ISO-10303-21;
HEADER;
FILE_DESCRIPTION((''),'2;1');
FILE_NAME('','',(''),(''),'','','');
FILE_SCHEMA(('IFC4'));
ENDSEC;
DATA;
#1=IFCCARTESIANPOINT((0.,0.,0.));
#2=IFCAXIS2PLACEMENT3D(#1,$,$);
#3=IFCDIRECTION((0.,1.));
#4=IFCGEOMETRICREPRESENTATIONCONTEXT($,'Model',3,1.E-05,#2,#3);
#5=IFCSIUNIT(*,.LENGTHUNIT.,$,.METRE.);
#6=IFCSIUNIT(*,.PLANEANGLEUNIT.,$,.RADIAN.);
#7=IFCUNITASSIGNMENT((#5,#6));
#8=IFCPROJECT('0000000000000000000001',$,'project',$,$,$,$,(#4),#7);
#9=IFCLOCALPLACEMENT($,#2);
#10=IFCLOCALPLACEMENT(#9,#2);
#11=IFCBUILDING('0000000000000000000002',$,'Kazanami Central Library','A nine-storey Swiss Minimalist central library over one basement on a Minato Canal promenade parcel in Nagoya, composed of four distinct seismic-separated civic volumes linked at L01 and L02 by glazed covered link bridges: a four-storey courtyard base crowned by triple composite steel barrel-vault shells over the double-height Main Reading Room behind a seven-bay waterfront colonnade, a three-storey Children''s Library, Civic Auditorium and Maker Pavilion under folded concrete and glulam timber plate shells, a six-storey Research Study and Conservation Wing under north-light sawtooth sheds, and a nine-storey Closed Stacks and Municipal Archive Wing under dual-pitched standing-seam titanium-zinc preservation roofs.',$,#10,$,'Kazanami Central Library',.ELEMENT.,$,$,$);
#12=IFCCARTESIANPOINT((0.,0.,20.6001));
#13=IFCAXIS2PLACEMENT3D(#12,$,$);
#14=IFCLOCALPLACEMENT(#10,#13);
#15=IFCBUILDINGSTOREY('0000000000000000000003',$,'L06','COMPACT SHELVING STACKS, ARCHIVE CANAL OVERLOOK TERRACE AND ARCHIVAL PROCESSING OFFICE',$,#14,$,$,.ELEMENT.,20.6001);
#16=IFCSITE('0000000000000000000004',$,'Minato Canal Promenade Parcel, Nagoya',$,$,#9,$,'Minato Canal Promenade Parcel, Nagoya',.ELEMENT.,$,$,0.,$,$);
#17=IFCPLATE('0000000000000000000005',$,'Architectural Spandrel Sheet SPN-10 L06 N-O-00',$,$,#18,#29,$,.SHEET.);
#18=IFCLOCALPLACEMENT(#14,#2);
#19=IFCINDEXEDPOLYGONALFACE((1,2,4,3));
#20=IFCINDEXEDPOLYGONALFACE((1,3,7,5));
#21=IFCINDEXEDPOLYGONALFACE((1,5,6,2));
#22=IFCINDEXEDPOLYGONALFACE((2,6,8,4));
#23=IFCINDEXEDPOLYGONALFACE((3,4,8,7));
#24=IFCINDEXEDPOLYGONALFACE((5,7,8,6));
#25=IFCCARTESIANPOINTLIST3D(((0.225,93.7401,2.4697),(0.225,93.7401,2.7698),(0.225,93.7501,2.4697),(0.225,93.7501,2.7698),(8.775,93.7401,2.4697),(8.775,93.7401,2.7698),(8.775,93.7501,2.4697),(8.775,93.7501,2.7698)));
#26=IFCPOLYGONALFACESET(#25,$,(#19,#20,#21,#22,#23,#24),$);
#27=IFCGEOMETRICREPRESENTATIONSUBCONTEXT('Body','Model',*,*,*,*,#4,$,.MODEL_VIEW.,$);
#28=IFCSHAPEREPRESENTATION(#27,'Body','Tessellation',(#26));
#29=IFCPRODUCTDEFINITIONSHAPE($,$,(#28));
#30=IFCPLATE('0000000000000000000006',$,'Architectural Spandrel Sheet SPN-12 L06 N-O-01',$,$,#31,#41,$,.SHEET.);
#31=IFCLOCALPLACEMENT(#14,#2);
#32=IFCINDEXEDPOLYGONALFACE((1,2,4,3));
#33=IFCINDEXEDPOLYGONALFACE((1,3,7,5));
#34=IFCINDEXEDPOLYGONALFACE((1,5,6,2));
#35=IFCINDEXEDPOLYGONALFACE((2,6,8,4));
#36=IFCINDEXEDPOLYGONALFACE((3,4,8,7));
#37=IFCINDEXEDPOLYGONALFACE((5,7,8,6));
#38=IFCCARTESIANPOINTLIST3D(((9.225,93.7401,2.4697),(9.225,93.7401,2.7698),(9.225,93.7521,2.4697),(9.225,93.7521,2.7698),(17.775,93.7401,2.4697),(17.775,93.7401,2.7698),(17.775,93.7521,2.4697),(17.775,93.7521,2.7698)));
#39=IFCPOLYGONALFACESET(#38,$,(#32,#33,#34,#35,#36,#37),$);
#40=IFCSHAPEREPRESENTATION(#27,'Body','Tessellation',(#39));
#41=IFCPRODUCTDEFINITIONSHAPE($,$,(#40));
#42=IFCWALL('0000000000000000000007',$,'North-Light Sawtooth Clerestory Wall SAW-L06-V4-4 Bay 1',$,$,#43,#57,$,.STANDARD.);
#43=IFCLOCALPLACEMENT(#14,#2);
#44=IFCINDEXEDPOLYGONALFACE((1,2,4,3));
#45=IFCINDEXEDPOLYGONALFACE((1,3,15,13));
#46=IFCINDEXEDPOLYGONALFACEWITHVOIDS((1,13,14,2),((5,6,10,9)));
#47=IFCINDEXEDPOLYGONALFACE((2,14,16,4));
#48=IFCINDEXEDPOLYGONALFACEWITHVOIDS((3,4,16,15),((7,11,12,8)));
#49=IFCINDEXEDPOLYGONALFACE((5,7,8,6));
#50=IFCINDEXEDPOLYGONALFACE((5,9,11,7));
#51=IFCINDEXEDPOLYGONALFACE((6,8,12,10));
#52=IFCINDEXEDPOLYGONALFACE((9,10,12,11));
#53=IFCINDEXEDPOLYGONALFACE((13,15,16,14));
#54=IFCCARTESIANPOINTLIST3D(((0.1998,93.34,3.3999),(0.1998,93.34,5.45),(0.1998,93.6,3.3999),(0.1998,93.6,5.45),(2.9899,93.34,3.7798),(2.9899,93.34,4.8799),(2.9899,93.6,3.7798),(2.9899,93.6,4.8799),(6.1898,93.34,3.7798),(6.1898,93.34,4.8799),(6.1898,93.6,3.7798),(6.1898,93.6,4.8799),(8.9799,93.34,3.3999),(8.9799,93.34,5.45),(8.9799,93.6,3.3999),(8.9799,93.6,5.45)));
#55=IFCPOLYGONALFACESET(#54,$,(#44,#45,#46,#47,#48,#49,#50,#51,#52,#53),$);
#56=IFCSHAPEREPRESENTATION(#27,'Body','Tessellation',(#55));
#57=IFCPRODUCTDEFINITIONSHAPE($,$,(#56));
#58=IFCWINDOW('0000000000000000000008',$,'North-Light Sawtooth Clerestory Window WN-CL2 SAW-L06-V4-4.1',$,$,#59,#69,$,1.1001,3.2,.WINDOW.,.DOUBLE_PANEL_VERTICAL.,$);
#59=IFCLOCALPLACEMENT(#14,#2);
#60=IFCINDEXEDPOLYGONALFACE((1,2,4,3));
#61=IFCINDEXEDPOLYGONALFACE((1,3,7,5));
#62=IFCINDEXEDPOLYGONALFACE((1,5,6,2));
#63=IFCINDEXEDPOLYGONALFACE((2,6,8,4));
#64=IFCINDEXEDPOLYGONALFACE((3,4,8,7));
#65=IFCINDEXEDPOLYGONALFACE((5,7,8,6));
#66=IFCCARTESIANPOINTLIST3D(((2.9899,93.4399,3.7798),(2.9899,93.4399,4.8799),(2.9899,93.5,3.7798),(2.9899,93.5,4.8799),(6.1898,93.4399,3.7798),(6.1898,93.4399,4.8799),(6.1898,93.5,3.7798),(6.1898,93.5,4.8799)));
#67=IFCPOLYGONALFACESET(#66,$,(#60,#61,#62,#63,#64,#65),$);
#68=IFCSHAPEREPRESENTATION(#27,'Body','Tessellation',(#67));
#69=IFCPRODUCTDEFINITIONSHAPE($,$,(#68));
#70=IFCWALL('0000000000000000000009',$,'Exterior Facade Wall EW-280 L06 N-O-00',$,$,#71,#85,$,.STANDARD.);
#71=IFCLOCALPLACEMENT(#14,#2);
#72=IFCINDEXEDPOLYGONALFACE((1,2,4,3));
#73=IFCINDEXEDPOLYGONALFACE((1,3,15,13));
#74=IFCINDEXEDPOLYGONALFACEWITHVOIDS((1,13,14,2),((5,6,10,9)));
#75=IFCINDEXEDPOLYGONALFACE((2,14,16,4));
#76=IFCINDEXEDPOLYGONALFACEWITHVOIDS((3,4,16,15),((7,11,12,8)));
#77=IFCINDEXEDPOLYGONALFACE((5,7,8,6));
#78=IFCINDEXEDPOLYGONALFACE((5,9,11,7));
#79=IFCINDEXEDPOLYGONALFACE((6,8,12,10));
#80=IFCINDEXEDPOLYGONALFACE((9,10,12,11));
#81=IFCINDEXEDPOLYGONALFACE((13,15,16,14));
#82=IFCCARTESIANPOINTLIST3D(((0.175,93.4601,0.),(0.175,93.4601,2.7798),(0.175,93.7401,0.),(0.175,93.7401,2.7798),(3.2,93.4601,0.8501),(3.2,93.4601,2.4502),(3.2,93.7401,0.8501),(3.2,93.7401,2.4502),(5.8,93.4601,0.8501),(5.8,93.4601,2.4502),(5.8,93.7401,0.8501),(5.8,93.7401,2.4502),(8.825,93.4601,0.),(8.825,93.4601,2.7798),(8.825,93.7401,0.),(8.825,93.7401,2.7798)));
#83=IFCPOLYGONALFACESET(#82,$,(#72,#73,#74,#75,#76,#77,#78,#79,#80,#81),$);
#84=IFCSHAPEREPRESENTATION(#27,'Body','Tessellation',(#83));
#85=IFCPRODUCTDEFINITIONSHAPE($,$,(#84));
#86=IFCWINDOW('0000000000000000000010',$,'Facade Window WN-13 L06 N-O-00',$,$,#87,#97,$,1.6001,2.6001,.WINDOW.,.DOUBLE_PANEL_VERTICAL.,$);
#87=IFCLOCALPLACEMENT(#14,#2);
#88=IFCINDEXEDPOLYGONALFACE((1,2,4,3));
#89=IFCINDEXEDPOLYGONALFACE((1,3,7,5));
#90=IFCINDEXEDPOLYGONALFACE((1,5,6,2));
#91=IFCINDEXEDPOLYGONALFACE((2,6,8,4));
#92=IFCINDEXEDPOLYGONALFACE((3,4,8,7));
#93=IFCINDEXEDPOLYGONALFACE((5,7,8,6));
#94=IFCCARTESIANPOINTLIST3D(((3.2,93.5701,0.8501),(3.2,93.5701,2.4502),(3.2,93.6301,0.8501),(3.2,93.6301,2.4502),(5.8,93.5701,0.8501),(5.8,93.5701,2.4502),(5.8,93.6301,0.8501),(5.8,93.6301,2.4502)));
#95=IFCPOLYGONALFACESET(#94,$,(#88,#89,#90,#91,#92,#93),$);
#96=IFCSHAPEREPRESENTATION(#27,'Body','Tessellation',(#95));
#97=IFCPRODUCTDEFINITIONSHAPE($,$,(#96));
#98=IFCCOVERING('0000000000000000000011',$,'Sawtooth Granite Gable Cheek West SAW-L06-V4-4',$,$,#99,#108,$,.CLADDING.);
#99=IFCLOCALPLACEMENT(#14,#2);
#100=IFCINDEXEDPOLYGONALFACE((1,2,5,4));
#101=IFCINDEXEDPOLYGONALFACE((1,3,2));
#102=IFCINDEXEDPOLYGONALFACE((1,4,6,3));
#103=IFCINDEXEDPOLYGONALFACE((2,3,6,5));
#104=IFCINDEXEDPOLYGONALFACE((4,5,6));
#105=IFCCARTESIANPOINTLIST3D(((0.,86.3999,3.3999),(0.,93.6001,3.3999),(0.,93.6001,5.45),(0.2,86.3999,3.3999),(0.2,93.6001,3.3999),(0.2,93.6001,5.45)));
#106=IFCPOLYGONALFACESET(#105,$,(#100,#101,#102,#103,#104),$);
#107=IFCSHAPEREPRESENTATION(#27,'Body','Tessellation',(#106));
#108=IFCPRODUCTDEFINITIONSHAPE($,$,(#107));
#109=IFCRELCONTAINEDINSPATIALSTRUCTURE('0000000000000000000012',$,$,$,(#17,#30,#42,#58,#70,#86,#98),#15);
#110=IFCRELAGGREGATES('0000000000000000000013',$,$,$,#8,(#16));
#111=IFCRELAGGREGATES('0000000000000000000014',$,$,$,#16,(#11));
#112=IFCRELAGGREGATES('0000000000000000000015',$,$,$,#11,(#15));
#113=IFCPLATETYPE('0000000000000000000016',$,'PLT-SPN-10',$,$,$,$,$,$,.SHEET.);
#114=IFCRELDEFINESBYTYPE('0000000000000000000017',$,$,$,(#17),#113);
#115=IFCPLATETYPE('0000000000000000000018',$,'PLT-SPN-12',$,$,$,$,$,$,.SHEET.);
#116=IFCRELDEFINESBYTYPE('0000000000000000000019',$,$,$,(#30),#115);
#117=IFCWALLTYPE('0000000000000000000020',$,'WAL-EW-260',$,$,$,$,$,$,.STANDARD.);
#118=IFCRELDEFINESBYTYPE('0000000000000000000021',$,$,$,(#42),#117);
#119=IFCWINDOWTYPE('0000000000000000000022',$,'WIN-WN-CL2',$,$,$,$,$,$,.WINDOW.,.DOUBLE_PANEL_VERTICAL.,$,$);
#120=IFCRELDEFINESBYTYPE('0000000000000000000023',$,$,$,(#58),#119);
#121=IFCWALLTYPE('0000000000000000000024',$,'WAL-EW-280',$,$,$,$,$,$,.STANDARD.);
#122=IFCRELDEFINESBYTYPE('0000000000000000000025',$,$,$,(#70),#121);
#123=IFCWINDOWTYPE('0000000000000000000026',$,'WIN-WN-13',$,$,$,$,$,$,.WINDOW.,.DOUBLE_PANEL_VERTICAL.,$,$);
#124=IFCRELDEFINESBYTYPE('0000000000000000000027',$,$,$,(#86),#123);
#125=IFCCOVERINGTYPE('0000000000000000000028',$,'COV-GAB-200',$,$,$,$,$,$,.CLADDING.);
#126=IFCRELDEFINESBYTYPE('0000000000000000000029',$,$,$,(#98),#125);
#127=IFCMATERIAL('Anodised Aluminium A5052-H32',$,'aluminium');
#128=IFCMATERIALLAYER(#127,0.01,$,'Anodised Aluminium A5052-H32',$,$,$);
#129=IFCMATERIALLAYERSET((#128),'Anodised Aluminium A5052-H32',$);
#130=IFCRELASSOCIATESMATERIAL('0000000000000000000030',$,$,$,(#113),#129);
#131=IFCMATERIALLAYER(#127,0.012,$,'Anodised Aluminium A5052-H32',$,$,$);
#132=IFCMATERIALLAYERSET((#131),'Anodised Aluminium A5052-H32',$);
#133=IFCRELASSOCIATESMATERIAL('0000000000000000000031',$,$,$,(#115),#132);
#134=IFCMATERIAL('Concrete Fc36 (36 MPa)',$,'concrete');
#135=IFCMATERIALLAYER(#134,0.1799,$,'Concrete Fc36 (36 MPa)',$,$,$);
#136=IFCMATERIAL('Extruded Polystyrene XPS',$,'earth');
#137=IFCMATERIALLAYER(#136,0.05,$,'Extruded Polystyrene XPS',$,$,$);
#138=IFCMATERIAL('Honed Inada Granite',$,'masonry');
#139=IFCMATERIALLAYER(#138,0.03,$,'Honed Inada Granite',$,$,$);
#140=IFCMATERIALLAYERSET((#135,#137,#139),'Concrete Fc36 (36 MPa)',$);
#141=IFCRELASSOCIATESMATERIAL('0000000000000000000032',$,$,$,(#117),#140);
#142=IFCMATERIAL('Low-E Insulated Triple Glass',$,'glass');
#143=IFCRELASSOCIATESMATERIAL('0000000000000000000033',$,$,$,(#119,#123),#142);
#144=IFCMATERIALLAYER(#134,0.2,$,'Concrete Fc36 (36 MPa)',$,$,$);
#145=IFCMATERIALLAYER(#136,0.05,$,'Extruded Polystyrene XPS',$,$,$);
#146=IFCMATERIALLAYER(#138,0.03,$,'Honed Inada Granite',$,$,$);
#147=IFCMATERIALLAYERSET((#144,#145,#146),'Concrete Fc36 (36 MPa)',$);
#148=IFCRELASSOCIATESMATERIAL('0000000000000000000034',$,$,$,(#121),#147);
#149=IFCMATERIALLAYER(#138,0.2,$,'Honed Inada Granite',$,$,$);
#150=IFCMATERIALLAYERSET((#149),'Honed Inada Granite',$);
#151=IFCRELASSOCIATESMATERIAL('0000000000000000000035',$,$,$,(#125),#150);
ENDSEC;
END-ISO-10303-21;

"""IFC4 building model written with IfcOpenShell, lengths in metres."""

from ifc_helpers import new_model, si_unit, direction, frame, frame_2d, origin, origin_2d, place, context, subcontext, project, spatial, polyline, rectangle, outline, extrude, material, layer, layer_set, type_object, element, fill, save


model = new_model("IFC4")

# Units and contexts
model_context = context("Model", 3, precision=1e-05, world=origin(), true_north=direction((0.0, 1.0)))
body_context = subcontext(model_context, "Body", "Model", "MODEL_VIEW")
ifc_project = project(units=[si_unit("LENGTHUNIT", "METRE"), si_unit("PLANEANGLEUNIT", "RADIAN")], contexts=[model_context])

# Site, building, storey
site_placement = place(None, origin())
site = spatial("IfcSite", under=ifc_project, at=site_placement, Name="Minato Canal Promenade Parcel, Nagoya", LongName="Minato Canal Promenade Parcel, Nagoya", CompositionType="ELEMENT", RefElevation=0.0)
building_placement = place(site_placement, origin())
building = spatial("IfcBuilding", under=site, at=building_placement, Name="Kazanami Central Library", Description="A nine-storey Swiss Minimalist central library over one basement on a Minato Canal promenade parcel in Nagoya, composed of four distinct seismic-separated civic volumes linked at L01 and L02 by glazed covered link bridges: a four-storey courtyard base crowned by triple composite steel barrel-vault shells over the double-height Main Reading Room behind a seven-bay waterfront colonnade, a three-storey Children's Library, Civic Auditorium and Maker Pavilion under folded concrete and glulam timber plate shells, a six-storey Research Study and Conservation Wing under north-light sawtooth sheds, and a nine-storey Closed Stacks and Municipal Archive Wing under dual-pitched standing-seam titanium-zinc preservation roofs.", LongName="Kazanami Central Library", CompositionType="ELEMENT")
storey_placement = place(building_placement, frame((0.0, 0.0, 20.6001)))
storey = spatial("IfcBuildingStorey", under=building, at=storey_placement, Name="L06", Description="COMPACT SHELVING STACKS, ARCHIVE CANAL OVERLOOK TERRACE AND ARCHIVAL PROCESSING OFFICE", CompositionType="ELEMENT", Elevation=20.6001)

# Shared definitions
ifc_material_1 = material(Name="Anodised Aluminium A5052-H32", Category="aluminium")

# Plates
ifc_layer_1 = layer(ifc_material_1, 0.01, Name="Anodised Aluminium A5052-H32")
ifc_layer_set_1 = layer_set([ifc_layer_1], Name="Anodised Aluminium A5052-H32")
plate_type_1 = type_object("IfcPlateType", Name="PLT-SPN-10", PredefinedType="SHEET", material=ifc_layer_set_1)
plate_1_placement = place(storey_placement, frame((4.5, 93.7451, 2.4697), z_axis=(0.0, 0.0, 1.0), x_axis=(-1.0, 0.0, 0.0)))
element("IfcPlate", 1, at=plate_1_placement, inside=storey, type_object=plate_type_1, Name="Architectural Spandrel Sheet SPN-10 L06 N-O-00", PredefinedType="SHEET", context=body_context, shape_type="SweptSolid", body=[
    extrude(rectangle(XDim=8.55, YDim=0.01, at=origin_2d()), origin(), (0.0, 0.0, 1.0), 0.3),
])
ifc_layer_2 = layer(ifc_material_1, 0.012, Name="Anodised Aluminium A5052-H32")
ifc_layer_set_2 = layer_set([ifc_layer_2], Name="Anodised Aluminium A5052-H32")
plate_type_2 = type_object("IfcPlateType", Name="PLT-SPN-12", PredefinedType="SHEET", material=ifc_layer_set_2)
plate_2_placement = place(storey_placement, frame((13.5, 93.7461, 2.4697), z_axis=(0.0, 0.0, 1.0), x_axis=(-1.0, 0.0, 0.0)))
element("IfcPlate", 2, at=plate_2_placement, inside=storey, type_object=plate_type_2, Name="Architectural Spandrel Sheet SPN-12 L06 N-O-01", PredefinedType="SHEET", context=body_context, shape_type="SweptSolid", body=[
    extrude(rectangle(XDim=8.55, YDim=0.012, at=origin_2d()), origin(), (0.0, 0.0, 1.0), 0.3),
])

# Walls, openings, windows
ifc_material_2 = material(Name="Concrete Fc36 (36 MPa)", Category="concrete")
ifc_layer_3 = layer(ifc_material_2, 0.1799, Name="Concrete Fc36 (36 MPa)")
ifc_material_3 = material(Name="Extruded Polystyrene XPS", Category="earth")
ifc_layer_4 = layer(ifc_material_3, 0.05, Name="Extruded Polystyrene XPS")
ifc_material_4 = material(Name="Honed Inada Granite", Category="masonry")
ifc_layer_5 = layer(ifc_material_4, 0.03, Name="Honed Inada Granite")
ifc_layer_set_3 = layer_set([ifc_layer_3, ifc_layer_4, ifc_layer_5], Name="Concrete Fc36 (36 MPa)")
wall_type_1 = type_object("IfcWallType", Name="WAL-EW-260", PredefinedType="STANDARD", material=ifc_layer_set_3)
wall_1_placement = place(storey_placement, frame((8.98, 93.47, 3.3999), z_axis=(0.0, 0.0, 1.0), x_axis=(-1.0, 0.0, 0.0)))
wall_1 = element("IfcWall", 3, at=wall_1_placement, inside=storey, type_object=wall_type_1, Name="North-Light Sawtooth Clerestory Wall SAW-L06-V4-4 Bay 1", PredefinedType="STANDARD", context=body_context, shape_type="SweptSolid", body=[
    extrude(rectangle(XDim=8.78, YDim=0.26, at=frame_2d((4.3901, 0.0))), origin(), (0.0, 0.0, 1.0), 2.05),
])
opening_1_placement = place(wall_1_placement, frame((2.79, 0.0, 0.3799)))
opening_1 = element("IfcOpeningElement", 4, at=opening_1_placement, cuts=wall_1, PredefinedType="OPENING", context=body_context, shape_type="SweptSolid", body=[
    extrude(rectangle(XDim=3.2, YDim=1.1001, at=frame_2d((1.6001, 0.55))), frame((0.0, 0.1421, 0.0), z_axis=(0.0, -1.0, 0.0), x_axis=(1.0, 0.0, 0.0)), (0.0, 0.0, 1.0), 0.2839),
])
ifc_material_5 = material(Name="Low-E Insulated Triple Glass", Category="glass")
window_type_1 = type_object("IfcWindowType", Name="WIN-WN-CL2", PartitioningType="DOUBLE_PANEL_VERTICAL", PredefinedType="WINDOW", material=ifc_material_5)
window_1_placement = place(opening_1_placement, origin())
window_1 = element("IfcWindow", 5, at=window_1_placement, inside=storey, type_object=window_type_1, Name="North-Light Sawtooth Clerestory Window WN-CL2 SAW-L06-V4-4.1", OverallHeight=1.1001, OverallWidth=3.2, PartitioningType="DOUBLE_PANEL_VERTICAL", PredefinedType="WINDOW", context=body_context, shape_type="SweptSolid", body=[
    extrude(rectangle(XDim=3.2, YDim=1.1001, at=frame_2d((1.6001, 0.55))), frame((0.0, 0.03, 0.0), z_axis=(0.0, -1.0, 0.0), x_axis=(1.0, 0.0, 0.0)), (0.0, 0.0, 1.0), 0.0601),
])
fill(opening_1, window_1)
ifc_layer_6 = layer(ifc_material_2, 0.2, Name="Concrete Fc36 (36 MPa)")
ifc_layer_7 = layer(ifc_material_3, 0.05, Name="Extruded Polystyrene XPS")
ifc_layer_8 = layer(ifc_material_4, 0.03, Name="Honed Inada Granite")
ifc_layer_set_4 = layer_set([ifc_layer_6, ifc_layer_7, ifc_layer_8], Name="Concrete Fc36 (36 MPa)")
wall_type_2 = type_object("IfcWallType", Name="WAL-EW-280", PredefinedType="STANDARD", material=ifc_layer_set_4)
wall_2_placement = place(storey_placement, frame((8.825, 93.6001, 0.0), z_axis=(0.0, 0.0, 1.0), x_axis=(-1.0, 0.0, 0.0)))
wall_2 = element("IfcWall", 6, at=wall_2_placement, inside=storey, type_object=wall_type_2, Name="Exterior Facade Wall EW-280 L06 N-O-00", PredefinedType="STANDARD", context=body_context, shape_type="SweptSolid", body=[
    extrude(rectangle(XDim=8.6499, YDim=0.28, at=frame_2d((4.325, 0.0))), origin(), (0.0, 0.0, 1.0), 2.7798),
])
opening_2_placement = place(wall_2_placement, frame((3.0249, 0.0, 0.8501)))
opening_2 = element("IfcOpeningElement", 7, at=opening_2_placement, cuts=wall_2, PredefinedType="OPENING", context=body_context, shape_type="SweptSolid", body=[
    extrude(rectangle(XDim=2.6001, YDim=1.6001, at=frame_2d((1.3, 0.8))), frame((0.0, 0.1519, 0.0), z_axis=(0.0, -1.0, 0.0), x_axis=(1.0, 0.0, 0.0)), (0.0, 0.0, 1.0), 0.304),
])
window_type_2 = type_object("IfcWindowType", Name="WIN-WN-13", PartitioningType="DOUBLE_PANEL_VERTICAL", PredefinedType="WINDOW", material=ifc_material_5)
window_2_placement = place(opening_2_placement, origin())
window_2 = element("IfcWindow", 8, at=window_2_placement, inside=storey, type_object=window_type_2, Name="Facade Window WN-13 L06 N-O-00", OverallHeight=1.6001, OverallWidth=2.6001, PartitioningType="DOUBLE_PANEL_VERTICAL", PredefinedType="WINDOW", context=body_context, shape_type="SweptSolid", body=[
    extrude(rectangle(XDim=2.6001, YDim=1.6001, at=frame_2d((1.3, 0.8))), frame((0.0, 0.03, 0.0), z_axis=(0.0, -1.0, 0.0), x_axis=(1.0, 0.0, 0.0)), (0.0, 0.0, 1.0), 0.0601),
])
fill(opening_2, window_2)

# Covering
ifc_layer_9 = layer(ifc_material_4, 0.2, Name="Honed Inada Granite")
ifc_layer_set_5 = layer_set([ifc_layer_9], Name="Honed Inada Granite")
covering_type = type_object("IfcCoveringType", Name="COV-GAB-200", PredefinedType="CLADDING", material=ifc_layer_set_5)
covering_placement = place(storey_placement, frame((0.2, 86.3999, 3.3999), z_axis=(1.0, 0.0, 0.0), x_axis=(0.0, 1.0, 0.0)))
element("IfcCovering", 9, at=covering_placement, inside=storey, type_object=covering_type, Name="Sawtooth Granite Gable Cheek West SAW-L06-V4-4", PredefinedType="CLADDING", context=body_context, shape_type="SweptSolid", body=[
    extrude(outline(polyline([(0.0, 0.0), (7.2002, 0.0), (7.2002, 2.05), (0.0, 0.0)])), origin(), (0.0, 0.0, -1.0), 0.2),
])

save(model, "model.ifc")
